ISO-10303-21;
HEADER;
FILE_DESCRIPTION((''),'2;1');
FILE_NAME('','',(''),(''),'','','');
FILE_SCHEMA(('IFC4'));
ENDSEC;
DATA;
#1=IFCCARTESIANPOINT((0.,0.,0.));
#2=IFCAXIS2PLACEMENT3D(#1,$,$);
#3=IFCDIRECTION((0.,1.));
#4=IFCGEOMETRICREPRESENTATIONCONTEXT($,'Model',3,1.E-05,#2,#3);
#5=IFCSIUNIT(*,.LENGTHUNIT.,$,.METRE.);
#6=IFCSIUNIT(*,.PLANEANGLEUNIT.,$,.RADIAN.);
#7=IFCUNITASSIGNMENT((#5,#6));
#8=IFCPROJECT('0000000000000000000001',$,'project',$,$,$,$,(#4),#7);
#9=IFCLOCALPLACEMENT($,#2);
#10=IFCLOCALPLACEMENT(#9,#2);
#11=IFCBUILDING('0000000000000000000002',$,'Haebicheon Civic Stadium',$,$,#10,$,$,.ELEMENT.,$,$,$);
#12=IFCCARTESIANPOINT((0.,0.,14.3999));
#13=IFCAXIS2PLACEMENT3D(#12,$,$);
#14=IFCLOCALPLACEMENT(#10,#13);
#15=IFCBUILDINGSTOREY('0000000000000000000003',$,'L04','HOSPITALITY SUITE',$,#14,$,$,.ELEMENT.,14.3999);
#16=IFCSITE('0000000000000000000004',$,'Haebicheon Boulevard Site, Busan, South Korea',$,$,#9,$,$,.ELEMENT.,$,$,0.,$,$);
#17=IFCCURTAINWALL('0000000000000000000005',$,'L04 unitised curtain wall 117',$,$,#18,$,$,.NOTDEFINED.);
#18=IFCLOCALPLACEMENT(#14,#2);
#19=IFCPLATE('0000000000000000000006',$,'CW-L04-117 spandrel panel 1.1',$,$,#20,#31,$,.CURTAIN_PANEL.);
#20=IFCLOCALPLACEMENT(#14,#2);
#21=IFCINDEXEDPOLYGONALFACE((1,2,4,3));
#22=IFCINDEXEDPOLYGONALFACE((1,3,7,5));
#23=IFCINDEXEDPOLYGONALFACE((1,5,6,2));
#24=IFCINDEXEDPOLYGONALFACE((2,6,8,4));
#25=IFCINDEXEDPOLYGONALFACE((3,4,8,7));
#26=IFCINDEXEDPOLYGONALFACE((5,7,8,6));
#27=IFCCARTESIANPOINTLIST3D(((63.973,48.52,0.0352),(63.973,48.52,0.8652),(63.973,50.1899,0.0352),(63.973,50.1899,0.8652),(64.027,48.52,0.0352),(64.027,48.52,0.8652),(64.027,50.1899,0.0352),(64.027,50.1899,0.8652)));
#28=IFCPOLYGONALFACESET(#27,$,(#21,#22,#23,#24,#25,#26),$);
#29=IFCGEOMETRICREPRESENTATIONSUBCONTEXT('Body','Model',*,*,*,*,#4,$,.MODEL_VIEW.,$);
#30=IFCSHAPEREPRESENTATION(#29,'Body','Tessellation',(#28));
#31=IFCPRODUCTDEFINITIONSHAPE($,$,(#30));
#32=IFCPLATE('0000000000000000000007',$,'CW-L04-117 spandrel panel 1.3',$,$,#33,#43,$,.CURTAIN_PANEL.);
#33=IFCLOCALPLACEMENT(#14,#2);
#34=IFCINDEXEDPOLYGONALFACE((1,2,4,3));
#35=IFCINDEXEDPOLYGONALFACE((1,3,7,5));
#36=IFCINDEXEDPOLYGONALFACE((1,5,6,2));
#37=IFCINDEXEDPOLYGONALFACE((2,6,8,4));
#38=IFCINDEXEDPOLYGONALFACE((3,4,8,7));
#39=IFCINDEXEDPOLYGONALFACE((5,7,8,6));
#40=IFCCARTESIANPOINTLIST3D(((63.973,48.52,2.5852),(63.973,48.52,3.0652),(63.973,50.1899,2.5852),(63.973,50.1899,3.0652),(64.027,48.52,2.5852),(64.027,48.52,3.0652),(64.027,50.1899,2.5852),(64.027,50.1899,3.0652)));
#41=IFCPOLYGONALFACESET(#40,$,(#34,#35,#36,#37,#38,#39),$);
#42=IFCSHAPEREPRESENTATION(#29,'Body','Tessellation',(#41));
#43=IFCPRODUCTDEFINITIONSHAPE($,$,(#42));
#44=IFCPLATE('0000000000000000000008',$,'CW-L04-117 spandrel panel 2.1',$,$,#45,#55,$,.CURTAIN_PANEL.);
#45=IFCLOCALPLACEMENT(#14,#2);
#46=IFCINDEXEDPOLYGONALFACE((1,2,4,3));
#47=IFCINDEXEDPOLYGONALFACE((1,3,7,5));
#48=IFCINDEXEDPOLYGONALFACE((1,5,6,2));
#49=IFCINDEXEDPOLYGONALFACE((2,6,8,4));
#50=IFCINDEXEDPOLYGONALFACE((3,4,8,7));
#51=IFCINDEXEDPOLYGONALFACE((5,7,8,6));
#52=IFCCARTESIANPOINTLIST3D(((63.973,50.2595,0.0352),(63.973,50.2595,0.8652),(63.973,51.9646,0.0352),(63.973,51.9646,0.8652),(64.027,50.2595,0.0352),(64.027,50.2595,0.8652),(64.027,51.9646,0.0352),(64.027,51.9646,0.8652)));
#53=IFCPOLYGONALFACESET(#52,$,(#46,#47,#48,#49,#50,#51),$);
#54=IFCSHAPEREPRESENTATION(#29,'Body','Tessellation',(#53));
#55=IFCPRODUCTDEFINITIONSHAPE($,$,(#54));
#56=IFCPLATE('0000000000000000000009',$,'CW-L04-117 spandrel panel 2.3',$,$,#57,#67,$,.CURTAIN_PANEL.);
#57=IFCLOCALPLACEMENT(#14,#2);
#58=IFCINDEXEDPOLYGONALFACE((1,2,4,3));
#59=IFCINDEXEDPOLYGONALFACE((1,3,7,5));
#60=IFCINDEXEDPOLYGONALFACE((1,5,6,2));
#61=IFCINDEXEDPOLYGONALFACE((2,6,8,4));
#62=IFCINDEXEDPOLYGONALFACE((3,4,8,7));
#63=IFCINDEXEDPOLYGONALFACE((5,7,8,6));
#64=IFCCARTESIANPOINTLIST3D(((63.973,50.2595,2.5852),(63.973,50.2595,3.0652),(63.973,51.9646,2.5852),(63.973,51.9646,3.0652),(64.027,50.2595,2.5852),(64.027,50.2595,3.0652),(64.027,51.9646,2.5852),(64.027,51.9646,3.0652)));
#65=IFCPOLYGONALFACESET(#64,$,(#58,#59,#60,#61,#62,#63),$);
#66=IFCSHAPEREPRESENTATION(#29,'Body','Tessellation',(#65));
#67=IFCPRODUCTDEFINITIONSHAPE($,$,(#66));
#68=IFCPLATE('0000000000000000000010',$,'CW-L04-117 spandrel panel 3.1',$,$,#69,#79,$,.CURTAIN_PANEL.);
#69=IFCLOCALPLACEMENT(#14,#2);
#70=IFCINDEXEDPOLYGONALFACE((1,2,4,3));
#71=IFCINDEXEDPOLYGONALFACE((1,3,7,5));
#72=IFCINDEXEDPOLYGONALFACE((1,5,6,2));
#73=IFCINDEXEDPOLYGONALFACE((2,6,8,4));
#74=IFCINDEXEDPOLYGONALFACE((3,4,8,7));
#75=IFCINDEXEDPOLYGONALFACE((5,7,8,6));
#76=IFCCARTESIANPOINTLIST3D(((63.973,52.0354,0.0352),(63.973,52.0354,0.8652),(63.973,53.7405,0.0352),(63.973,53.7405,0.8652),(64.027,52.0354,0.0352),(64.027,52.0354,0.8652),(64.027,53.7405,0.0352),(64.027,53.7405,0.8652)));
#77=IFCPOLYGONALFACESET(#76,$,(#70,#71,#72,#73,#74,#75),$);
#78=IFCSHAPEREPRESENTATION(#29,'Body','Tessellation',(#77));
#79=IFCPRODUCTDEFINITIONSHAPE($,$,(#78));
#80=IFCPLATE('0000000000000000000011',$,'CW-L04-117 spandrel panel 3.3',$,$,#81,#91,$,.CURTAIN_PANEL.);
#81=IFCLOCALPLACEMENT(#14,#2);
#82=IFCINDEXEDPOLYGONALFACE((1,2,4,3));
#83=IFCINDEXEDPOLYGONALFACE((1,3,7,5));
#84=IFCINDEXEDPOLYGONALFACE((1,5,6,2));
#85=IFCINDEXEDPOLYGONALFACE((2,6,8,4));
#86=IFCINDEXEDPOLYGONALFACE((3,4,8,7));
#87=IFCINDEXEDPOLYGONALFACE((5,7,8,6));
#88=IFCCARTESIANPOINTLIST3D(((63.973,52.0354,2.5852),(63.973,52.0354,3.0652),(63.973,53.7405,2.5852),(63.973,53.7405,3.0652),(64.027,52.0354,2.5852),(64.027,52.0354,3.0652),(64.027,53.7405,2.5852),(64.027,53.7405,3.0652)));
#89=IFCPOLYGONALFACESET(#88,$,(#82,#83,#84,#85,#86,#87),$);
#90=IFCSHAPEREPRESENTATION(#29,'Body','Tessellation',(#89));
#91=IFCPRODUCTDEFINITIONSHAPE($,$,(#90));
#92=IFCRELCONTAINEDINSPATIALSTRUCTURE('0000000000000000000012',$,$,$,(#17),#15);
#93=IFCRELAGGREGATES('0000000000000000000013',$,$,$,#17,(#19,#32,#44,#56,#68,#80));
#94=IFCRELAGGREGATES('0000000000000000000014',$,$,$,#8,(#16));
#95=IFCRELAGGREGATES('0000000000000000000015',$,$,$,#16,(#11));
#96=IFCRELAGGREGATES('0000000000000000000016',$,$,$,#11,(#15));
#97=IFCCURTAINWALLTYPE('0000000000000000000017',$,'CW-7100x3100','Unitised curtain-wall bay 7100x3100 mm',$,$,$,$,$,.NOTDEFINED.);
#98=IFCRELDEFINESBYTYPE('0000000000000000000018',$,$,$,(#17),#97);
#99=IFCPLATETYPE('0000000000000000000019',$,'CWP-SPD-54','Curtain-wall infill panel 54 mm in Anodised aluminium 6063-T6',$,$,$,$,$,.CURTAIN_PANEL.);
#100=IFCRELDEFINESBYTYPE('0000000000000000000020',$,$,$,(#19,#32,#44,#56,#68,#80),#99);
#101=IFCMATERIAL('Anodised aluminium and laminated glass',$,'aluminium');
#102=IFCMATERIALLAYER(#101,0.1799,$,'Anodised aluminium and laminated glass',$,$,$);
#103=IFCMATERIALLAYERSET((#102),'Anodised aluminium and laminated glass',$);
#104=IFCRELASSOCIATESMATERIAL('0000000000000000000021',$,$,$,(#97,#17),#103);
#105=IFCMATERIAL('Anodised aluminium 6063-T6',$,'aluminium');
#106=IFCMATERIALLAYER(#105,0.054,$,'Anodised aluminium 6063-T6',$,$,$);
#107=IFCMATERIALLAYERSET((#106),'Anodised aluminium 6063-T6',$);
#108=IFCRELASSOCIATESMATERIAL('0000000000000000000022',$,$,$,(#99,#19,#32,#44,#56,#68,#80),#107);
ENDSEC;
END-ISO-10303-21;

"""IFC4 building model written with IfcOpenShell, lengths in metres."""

from ifc_helpers import new_model, si_unit, direction, frame, origin, origin_2d, place, context, subcontext, project, spatial, rectangle, extrude, material, layer, layer_set, type_object, element, aggregate, save


model = new_model("IFC4")

# Units and contexts
model_context = context("Model", 3, precision=1e-05, world=origin(), true_north=direction((0.0, 1.0)))
body_context = subcontext(model_context, "Body", "Model", "MODEL_VIEW")
ifc_project = project(units=[si_unit("LENGTHUNIT", "METRE"), si_unit("PLANEANGLEUNIT", "RADIAN")], contexts=[model_context])

# Site, building, storey
site_placement = place(None, origin())
site = spatial("IfcSite", under=ifc_project, at=site_placement, Name="Haebicheon Boulevard Site, Busan, South Korea", CompositionType="ELEMENT", RefElevation=0.0)
building_placement = place(site_placement, origin())
building = spatial("IfcBuilding", under=site, at=building_placement, Name="Haebicheon Civic Stadium", CompositionType="ELEMENT")
storey_placement = place(building_placement, frame((0.0, 0.0, 14.3999)))
storey = spatial("IfcBuildingStorey", under=building, at=storey_placement, Name="L04", Description="HOSPITALITY SUITE", CompositionType="ELEMENT", Elevation=14.3999)

# Curtain wall, plates
ifc_material_1 = material(Name="Anodised aluminium and laminated glass", Category="aluminium")
ifc_layer_1 = layer(ifc_material_1, 0.1799, Name="Anodised aluminium and laminated glass")
ifc_layer_set_1 = layer_set([ifc_layer_1], Name="Anodised aluminium and laminated glass")
curtain_wall_type = type_object("IfcCurtainWallType", Name="CW-7100x3100", Description="Unitised curtain-wall bay 7100x3100 mm", PredefinedType="NOTDEFINED", material=ifc_layer_set_1)
curtain_wall_placement = place(storey_placement, origin())
curtain_wall = element("IfcCurtainWall", 1, at=curtain_wall_placement, inside=storey, type_object=curtain_wall_type, material=ifc_layer_set_1, Name="L04 unitised curtain wall 117", PredefinedType="NOTDEFINED")
ifc_material_2 = material(Name="Anodised aluminium 6063-T6", Category="aluminium")
ifc_layer_2 = layer(ifc_material_2, 0.054, Name="Anodised aluminium 6063-T6")
ifc_layer_set_2 = layer_set([ifc_layer_2], Name="Anodised aluminium 6063-T6")
plate_type_1 = type_object("IfcPlateType", Name="CWP-SPD-54", Description="Curtain-wall infill panel 54 mm in Anodised aluminium 6063-T6", PredefinedType="CURTAIN_PANEL", material=ifc_layer_set_2)
plate_1_placement = place(storey_placement, frame((64.0, 49.355, 0.0352), z_axis=(0.0, 0.0, 1.0), x_axis=(0.0, 1.0, 0.0)))
plate_1 = element("IfcPlate", 2, at=plate_1_placement, type_object=plate_type_1, material=ifc_layer_set_2, Name="CW-L04-117 spandrel panel 1.1", PredefinedType="CURTAIN_PANEL", context=body_context, shape_type="SweptSolid", body=[
    extrude(rectangle(XDim=1.6699, YDim=0.054, at=origin_2d()), origin(), (0.0, 0.0, 1.0), 0.8301),
])
plate_2_placement = place(storey_placement, frame((64.0, 49.355, 2.5852), z_axis=(0.0, 0.0, 1.0), x_axis=(0.0, 1.0, 0.0)))
plate_2 = element("IfcPlate", 3, at=plate_2_placement, type_object=plate_type_1, material=ifc_layer_set_2, Name="CW-L04-117 spandrel panel 1.3", PredefinedType="CURTAIN_PANEL", context=body_context, shape_type="SweptSolid", body=[
    extrude(rectangle(XDim=1.6699, YDim=0.054, at=origin_2d()), origin(), (0.0, 0.0, 1.0), 0.48),
])
plate_3_placement = place(storey_placement, frame((64.0, 51.1121, 0.0352), z_axis=(0.0, 0.0, 1.0), x_axis=(0.0, 1.0, 0.0)))
plate_3 = element("IfcPlate", 4, at=plate_3_placement, type_object=plate_type_1, material=ifc_layer_set_2, Name="CW-L04-117 spandrel panel 2.1", PredefinedType="CURTAIN_PANEL", context=body_context, shape_type="SweptSolid", body=[
    extrude(rectangle(XDim=1.7051, YDim=0.054, at=origin_2d()), origin(), (0.0, 0.0, 1.0), 0.8301),
])
plate_4_placement = place(storey_placement, frame((64.0, 51.1121, 2.5852), z_axis=(0.0, 0.0, 1.0), x_axis=(0.0, 1.0, 0.0)))
plate_4 = element("IfcPlate", 5, at=plate_4_placement, type_object=plate_type_1, material=ifc_layer_set_2, Name="CW-L04-117 spandrel panel 2.3", PredefinedType="CURTAIN_PANEL", context=body_context, shape_type="SweptSolid", body=[
    extrude(rectangle(XDim=1.7051, YDim=0.054, at=origin_2d()), origin(), (0.0, 0.0, 1.0), 0.48),
])
plate_5_placement = place(storey_placement, frame((64.0, 52.8879, 0.0352), z_axis=(0.0, 0.0, 1.0), x_axis=(0.0, 1.0, 0.0)))
plate_5 = element("IfcPlate", 6, at=plate_5_placement, type_object=plate_type_1, material=ifc_layer_set_2, Name="CW-L04-117 spandrel panel 3.1", PredefinedType="CURTAIN_PANEL", context=body_context, shape_type="SweptSolid", body=[
    extrude(rectangle(XDim=1.7051, YDim=0.054, at=origin_2d()), origin(), (0.0, 0.0, 1.0), 0.8301),
])
plate_6_placement = place(storey_placement, frame((64.0, 52.8879, 2.5852), z_axis=(0.0, 0.0, 1.0), x_axis=(0.0, 1.0, 0.0)))
plate_6 = element("IfcPlate", 7, at=plate_6_placement, type_object=plate_type_1, material=ifc_layer_set_2, Name="CW-L04-117 spandrel panel 3.3", PredefinedType="CURTAIN_PANEL", context=body_context, shape_type="SweptSolid", body=[
    extrude(rectangle(XDim=1.7051, YDim=0.054, at=origin_2d()), origin(), (0.0, 0.0, 1.0), 0.48),
])
aggregate(curtain_wall, [plate_1, plate_2, plate_3, plate_4, plate_5, plate_6])

save(model, "model.ifc")
